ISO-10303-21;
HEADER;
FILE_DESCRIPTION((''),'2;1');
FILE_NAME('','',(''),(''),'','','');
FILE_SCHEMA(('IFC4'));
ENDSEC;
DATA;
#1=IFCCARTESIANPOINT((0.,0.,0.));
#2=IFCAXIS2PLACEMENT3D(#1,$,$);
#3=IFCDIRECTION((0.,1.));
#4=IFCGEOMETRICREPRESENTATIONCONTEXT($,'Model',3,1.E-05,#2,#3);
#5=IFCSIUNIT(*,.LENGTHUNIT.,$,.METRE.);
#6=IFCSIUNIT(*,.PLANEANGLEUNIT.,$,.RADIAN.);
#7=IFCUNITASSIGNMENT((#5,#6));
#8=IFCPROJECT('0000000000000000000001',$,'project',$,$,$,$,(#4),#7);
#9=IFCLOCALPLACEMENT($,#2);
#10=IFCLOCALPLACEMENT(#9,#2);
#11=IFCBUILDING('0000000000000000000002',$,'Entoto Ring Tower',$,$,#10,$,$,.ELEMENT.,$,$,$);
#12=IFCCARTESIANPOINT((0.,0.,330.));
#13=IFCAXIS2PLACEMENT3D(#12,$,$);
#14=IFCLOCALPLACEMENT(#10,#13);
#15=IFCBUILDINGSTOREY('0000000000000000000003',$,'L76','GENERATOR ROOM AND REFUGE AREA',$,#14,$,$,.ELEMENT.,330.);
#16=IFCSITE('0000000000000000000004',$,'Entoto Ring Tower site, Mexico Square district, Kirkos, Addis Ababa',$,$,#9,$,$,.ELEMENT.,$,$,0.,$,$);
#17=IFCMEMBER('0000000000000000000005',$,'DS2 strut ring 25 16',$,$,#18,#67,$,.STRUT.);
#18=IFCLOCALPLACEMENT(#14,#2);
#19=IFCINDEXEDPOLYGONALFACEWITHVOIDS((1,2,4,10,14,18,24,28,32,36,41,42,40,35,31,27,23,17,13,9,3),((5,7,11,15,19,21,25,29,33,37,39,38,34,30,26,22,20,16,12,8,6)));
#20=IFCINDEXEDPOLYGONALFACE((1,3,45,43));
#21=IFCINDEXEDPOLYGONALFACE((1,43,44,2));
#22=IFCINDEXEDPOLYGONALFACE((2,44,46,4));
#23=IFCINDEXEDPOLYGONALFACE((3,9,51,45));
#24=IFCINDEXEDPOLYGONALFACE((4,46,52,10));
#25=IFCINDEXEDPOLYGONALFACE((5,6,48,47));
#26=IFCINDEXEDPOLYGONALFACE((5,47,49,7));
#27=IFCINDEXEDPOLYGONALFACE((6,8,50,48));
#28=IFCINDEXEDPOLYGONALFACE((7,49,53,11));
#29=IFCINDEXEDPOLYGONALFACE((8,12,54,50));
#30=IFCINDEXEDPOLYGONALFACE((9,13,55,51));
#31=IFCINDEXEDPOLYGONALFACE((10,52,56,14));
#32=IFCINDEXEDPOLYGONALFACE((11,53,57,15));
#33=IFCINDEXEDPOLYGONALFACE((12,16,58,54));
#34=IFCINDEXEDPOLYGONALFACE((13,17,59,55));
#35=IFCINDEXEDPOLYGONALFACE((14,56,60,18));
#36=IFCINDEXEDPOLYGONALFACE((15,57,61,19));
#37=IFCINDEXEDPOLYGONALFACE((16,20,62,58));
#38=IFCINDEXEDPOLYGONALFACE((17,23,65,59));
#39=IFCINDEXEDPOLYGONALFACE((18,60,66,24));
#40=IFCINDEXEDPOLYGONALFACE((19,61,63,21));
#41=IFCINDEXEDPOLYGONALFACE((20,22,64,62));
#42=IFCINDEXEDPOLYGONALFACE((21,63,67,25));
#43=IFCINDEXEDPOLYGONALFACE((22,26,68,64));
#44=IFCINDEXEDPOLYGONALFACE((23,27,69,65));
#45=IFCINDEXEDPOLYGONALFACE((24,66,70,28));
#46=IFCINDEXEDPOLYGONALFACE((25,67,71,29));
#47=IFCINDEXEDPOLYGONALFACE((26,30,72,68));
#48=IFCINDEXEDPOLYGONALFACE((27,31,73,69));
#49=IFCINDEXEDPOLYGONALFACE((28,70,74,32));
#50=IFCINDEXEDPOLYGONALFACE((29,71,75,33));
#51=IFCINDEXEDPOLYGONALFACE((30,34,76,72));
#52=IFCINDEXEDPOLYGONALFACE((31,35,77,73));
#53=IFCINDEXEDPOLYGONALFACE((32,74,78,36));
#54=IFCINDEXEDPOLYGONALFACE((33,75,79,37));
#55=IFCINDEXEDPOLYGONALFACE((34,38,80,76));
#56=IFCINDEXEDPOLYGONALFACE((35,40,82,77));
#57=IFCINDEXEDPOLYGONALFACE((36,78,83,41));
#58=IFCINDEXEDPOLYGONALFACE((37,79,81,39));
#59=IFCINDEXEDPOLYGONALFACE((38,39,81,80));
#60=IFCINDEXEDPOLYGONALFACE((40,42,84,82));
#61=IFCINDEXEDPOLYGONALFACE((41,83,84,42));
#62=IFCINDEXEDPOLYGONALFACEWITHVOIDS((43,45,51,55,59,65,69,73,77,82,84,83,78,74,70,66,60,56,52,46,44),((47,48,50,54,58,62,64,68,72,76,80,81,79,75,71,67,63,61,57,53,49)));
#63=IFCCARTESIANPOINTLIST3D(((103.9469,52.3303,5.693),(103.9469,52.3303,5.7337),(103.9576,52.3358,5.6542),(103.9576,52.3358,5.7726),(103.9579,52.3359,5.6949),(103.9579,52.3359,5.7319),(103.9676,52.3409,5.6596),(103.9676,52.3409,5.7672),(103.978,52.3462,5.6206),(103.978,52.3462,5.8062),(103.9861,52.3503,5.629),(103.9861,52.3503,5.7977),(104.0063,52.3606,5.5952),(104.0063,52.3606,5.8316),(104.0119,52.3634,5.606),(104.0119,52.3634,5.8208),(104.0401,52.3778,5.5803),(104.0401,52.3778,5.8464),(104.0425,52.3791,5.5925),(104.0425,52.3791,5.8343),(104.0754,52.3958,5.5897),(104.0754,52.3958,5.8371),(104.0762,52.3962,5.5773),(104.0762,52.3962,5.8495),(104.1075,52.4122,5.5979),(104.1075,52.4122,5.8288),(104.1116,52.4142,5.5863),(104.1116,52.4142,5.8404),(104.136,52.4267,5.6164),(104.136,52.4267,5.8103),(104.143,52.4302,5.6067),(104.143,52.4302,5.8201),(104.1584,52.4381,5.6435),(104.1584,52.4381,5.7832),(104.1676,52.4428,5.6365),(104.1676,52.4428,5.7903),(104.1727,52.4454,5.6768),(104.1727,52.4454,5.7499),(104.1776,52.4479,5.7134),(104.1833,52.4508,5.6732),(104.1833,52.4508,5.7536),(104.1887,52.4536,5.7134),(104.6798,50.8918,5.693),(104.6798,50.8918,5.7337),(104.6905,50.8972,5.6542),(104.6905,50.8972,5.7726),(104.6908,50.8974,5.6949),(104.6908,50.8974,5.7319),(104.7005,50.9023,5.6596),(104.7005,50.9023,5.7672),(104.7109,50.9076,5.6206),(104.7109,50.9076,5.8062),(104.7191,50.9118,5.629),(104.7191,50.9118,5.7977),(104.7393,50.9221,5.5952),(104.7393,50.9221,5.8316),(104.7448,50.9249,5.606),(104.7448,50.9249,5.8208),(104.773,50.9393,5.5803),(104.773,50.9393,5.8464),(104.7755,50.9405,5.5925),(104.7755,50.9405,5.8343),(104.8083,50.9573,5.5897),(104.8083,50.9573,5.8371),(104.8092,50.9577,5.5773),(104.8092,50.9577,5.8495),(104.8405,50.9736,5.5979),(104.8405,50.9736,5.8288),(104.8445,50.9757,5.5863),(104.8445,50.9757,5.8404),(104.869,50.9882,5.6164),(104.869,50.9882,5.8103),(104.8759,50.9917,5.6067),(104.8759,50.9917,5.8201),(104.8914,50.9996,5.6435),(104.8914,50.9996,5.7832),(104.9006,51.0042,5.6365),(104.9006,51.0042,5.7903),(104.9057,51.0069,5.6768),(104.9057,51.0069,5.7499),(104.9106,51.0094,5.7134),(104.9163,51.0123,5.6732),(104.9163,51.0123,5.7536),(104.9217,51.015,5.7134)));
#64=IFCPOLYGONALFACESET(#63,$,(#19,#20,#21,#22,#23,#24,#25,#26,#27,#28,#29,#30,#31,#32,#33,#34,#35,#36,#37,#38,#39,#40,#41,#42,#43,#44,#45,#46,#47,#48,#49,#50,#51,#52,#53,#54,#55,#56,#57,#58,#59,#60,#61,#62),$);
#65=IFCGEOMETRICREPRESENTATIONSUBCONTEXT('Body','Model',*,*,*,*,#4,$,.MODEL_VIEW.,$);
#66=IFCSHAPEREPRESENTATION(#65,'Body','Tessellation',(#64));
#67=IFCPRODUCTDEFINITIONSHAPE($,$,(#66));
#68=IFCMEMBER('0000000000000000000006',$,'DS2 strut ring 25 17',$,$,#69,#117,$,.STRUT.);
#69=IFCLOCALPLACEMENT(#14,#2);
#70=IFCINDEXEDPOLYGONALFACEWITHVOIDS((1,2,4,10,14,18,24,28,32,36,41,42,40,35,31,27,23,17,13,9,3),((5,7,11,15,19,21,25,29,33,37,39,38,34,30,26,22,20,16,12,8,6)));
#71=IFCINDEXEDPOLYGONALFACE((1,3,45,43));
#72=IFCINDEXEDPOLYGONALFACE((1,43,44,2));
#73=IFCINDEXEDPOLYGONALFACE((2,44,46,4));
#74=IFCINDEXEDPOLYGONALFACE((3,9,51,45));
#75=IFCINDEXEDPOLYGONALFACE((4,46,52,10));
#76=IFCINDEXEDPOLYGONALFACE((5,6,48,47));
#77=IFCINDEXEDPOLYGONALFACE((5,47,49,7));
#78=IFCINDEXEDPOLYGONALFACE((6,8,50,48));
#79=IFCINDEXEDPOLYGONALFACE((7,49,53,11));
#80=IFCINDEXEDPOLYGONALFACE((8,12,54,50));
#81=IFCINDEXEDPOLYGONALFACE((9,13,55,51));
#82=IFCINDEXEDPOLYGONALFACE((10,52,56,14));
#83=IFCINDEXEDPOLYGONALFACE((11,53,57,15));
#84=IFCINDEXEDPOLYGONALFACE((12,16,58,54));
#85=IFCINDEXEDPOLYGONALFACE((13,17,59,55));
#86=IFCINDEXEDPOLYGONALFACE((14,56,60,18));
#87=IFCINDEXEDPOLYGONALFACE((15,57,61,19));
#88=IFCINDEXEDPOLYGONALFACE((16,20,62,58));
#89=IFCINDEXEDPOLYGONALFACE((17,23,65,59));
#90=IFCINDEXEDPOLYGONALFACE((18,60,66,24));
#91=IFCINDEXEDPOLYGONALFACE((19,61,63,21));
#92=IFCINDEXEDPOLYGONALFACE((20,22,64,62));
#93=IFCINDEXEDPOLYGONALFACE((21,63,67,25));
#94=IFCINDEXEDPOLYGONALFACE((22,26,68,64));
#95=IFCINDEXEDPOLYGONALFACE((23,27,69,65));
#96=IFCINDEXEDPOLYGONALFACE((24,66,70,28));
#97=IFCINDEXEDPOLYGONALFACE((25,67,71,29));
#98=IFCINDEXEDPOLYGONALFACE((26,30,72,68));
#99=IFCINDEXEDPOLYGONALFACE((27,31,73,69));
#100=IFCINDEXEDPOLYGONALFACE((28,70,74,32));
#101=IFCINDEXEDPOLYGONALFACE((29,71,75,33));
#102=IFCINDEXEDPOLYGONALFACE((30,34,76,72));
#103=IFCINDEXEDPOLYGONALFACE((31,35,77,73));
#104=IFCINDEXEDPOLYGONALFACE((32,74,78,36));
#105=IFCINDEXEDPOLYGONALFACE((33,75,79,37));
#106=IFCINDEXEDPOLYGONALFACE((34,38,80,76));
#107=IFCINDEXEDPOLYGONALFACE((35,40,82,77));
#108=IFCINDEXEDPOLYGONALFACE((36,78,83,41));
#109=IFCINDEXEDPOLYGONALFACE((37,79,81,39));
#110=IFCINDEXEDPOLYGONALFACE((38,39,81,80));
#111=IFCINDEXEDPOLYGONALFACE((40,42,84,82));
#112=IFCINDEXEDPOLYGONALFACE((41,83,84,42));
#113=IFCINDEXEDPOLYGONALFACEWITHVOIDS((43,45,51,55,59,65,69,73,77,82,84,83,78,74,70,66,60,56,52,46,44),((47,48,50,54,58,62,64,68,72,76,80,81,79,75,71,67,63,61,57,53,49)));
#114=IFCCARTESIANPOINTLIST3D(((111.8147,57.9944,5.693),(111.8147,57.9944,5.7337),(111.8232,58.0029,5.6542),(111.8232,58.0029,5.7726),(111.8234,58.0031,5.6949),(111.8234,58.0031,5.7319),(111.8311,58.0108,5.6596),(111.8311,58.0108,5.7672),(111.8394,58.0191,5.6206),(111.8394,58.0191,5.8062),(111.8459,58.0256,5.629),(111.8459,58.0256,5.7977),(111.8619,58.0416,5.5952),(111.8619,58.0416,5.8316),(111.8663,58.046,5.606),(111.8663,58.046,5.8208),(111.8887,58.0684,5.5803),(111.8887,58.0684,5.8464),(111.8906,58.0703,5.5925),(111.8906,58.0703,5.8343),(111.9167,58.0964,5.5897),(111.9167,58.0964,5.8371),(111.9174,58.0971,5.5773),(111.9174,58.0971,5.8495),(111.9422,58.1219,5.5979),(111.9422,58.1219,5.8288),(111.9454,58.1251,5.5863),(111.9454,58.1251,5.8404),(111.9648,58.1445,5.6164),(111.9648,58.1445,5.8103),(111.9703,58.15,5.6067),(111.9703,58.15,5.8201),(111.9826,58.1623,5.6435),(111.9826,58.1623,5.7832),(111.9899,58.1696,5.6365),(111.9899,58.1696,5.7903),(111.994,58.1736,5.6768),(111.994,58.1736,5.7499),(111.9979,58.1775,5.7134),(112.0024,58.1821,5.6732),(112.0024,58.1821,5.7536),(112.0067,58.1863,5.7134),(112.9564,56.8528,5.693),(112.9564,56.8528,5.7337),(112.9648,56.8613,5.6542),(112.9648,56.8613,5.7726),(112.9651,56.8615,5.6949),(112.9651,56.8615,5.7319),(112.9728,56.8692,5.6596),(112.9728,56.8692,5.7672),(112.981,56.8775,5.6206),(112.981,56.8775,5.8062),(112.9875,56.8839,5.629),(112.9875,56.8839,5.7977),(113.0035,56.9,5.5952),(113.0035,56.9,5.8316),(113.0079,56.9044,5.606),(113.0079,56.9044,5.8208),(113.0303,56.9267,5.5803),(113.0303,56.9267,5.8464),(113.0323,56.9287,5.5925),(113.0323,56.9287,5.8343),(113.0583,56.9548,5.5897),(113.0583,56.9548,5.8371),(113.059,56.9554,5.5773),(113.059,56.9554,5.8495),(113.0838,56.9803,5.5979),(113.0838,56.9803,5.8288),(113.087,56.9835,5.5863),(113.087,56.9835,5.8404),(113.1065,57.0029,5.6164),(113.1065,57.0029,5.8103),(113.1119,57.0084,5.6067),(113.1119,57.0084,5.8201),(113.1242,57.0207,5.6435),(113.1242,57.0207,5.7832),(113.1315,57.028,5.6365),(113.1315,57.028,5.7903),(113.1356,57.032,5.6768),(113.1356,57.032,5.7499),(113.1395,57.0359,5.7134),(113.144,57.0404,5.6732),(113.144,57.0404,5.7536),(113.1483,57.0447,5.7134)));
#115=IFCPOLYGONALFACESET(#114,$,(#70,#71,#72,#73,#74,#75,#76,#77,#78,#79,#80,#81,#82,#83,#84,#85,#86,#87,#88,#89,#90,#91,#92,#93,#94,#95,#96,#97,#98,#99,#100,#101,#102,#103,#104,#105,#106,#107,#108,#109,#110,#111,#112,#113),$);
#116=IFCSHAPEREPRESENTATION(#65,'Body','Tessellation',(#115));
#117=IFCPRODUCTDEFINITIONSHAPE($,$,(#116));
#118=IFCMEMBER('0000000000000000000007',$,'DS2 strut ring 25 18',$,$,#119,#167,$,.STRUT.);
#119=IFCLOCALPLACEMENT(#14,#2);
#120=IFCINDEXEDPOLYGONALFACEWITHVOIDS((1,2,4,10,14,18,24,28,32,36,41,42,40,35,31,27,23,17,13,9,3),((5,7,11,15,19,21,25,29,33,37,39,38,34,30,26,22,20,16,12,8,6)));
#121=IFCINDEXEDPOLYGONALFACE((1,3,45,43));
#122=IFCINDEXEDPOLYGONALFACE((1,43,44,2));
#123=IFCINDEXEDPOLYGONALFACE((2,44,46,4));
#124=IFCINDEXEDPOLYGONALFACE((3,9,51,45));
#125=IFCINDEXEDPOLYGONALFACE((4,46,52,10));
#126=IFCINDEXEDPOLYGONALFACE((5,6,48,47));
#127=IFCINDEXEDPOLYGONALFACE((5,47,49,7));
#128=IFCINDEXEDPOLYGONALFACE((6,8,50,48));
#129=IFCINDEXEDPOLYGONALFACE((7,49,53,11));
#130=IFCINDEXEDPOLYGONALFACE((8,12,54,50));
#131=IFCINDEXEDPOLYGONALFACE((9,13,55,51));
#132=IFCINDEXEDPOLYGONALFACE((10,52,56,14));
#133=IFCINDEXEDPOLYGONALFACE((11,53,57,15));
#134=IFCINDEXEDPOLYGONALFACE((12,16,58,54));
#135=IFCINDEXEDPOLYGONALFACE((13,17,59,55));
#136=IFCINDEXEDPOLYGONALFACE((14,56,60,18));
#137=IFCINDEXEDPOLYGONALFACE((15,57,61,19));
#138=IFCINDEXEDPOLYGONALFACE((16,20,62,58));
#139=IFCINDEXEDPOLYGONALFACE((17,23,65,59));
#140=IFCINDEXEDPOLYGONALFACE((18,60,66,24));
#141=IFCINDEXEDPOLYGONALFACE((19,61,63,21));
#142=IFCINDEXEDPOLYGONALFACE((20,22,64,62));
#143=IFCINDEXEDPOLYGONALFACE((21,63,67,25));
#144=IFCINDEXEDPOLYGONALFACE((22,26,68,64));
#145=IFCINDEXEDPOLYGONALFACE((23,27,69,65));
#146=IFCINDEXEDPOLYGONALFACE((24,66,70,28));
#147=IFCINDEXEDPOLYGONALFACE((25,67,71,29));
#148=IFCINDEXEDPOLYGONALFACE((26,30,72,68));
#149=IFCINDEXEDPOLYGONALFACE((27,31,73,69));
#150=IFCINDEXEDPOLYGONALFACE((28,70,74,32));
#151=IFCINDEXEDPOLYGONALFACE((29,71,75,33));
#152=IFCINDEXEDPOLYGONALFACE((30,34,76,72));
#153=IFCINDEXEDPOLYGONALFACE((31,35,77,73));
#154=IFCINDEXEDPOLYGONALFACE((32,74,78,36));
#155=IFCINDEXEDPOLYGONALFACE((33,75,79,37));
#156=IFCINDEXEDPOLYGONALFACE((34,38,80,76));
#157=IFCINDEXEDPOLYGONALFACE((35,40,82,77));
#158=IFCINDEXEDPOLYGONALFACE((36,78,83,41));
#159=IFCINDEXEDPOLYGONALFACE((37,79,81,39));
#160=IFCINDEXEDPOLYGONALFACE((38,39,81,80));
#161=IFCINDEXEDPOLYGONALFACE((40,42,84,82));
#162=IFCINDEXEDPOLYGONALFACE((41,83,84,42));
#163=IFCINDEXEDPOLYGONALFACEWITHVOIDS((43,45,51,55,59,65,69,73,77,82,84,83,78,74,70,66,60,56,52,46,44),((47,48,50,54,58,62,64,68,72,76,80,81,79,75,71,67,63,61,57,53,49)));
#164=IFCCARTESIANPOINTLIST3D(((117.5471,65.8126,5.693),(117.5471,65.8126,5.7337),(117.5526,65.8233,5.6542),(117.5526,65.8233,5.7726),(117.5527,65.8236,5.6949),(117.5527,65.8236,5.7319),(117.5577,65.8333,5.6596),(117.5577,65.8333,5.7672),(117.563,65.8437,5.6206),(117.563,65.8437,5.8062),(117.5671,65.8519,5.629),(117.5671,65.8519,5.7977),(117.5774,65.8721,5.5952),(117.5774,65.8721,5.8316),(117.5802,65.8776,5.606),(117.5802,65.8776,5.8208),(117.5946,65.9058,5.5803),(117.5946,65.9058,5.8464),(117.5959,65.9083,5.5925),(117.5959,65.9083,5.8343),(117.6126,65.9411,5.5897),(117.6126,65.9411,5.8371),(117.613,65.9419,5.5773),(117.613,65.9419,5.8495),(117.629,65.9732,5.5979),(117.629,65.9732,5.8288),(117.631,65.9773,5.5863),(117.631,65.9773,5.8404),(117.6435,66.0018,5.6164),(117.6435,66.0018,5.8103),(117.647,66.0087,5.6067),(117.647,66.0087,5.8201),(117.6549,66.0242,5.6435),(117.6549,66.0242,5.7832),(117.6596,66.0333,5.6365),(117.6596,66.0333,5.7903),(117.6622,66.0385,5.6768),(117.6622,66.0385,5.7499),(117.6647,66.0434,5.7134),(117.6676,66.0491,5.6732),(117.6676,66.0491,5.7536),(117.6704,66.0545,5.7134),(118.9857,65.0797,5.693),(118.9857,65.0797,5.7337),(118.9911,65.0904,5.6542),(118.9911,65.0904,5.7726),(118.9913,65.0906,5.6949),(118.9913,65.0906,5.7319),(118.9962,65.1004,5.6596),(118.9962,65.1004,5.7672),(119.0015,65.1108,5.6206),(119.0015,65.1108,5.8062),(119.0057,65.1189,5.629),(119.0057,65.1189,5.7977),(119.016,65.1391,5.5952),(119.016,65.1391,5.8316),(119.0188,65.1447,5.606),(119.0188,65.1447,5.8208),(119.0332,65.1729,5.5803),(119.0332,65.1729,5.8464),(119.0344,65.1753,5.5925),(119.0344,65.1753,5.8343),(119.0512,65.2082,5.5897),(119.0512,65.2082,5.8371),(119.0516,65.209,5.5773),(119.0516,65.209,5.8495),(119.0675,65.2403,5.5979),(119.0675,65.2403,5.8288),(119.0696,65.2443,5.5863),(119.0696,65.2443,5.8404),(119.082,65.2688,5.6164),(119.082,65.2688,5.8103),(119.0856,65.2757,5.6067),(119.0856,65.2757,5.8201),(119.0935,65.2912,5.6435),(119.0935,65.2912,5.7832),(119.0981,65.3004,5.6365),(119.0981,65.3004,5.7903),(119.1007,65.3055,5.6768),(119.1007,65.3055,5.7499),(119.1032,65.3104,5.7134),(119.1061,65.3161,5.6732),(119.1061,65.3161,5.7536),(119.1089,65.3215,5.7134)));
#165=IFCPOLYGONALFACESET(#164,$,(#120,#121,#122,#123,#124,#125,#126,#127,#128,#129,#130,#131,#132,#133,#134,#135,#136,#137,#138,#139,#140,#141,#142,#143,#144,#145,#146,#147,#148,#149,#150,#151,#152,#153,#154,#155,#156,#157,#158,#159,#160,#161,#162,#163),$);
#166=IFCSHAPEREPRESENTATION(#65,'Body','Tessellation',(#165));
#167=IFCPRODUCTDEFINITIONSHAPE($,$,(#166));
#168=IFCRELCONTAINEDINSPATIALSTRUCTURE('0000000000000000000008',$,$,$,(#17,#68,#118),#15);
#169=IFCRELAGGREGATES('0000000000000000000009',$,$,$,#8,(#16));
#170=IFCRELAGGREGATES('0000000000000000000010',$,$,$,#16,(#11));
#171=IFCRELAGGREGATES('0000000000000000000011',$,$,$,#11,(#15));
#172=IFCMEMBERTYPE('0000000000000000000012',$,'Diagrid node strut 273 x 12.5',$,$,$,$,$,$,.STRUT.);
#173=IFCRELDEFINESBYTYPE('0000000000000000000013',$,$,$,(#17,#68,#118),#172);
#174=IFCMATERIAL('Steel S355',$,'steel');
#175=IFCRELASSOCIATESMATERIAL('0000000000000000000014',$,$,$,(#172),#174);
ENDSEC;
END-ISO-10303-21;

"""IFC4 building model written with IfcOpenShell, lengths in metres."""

from ifc_helpers import new_model, si_unit, direction, frame, origin, origin_2d, place, context, subcontext, project, spatial, circle, hollow_circle, extrude, material, material_profile, profile_set, type_object, element, save


model = new_model("IFC4")

# Units and contexts
model_context = context("Model", 3, precision=1e-05, world=origin(), true_north=direction((0.0, 1.0)))
body_context = subcontext(model_context, "Body", "Model", "MODEL_VIEW")
ifc_project = project(units=[si_unit("LENGTHUNIT", "METRE"), si_unit("PLANEANGLEUNIT", "RADIAN")], contexts=[model_context])

# Site, building, storey
site_placement = place(None, origin())
site = spatial("IfcSite", under=ifc_project, at=site_placement, Name="Entoto Ring Tower site, Mexico Square district, Kirkos, Addis Ababa", CompositionType="ELEMENT", RefElevation=0.0)
building_placement = place(site_placement, origin())
building = spatial("IfcBuilding", under=site, at=building_placement, Name="Entoto Ring Tower", CompositionType="ELEMENT")
storey_placement = place(building_placement, frame((0.0, 0.0, 330.0)))
storey = spatial("IfcBuildingStorey", under=building, at=storey_placement, Name="L76", Description="GENERATOR ROOM AND REFUGE AREA", CompositionType="ELEMENT", Elevation=330.0)

# Members
ifc_material_1 = material(Name="Steel S355", Category="steel")
ifc_material_profile_1 = material_profile(ifc_material_1, hollow_circle(Radius=0.1365, WallThickness=0.0125, at=origin_2d()), Name="CHS 273 x 12.5")
ifc_material_2 = material(Name="Concrete C60/75", Category="concrete")
ifc_material_profile_2 = material_profile(ifc_material_2, circle(Radius=0.124, at=origin_2d()), Name="Concrete C60/75 infill")
ifc_profile_set_1 = profile_set([ifc_material_profile_1, ifc_material_profile_2], Name="Steel S355")
member_type_1 = type_object("IfcMemberType", Name="Diagrid node strut 273 x 12.5", PredefinedType="STRUT", material=ifc_profile_set_1)
for number, where, z_axis, x_axis, name in (
    (1, (104.0671, 52.3916, 5.7134), (0.453976, -0.891014, 0.0), (0.891014, 0.453976, 0.0), "DS2 strut ring 25 16"),
    (2, (111.9102, 58.0898, 5.7134), (0.707107, -0.707107, 0.0), (0.707107, 0.707107, 0.0), "DS2 strut ring 25 17"),
    (3, (117.6084, 65.9329, 5.7134), (0.891014, -0.453976, 0.0), (0.453976, 0.891014, 0.0), "DS2 strut ring 25 18"),
):
    element("IfcMember", number, at=place(storey_placement, frame(where, z_axis=z_axis, x_axis=x_axis)), inside=storey, type_object=member_type_1, Name=name, PredefinedType="STRUT", context=body_context, shape_type="SweptSolid", body=[
        extrude(hollow_circle(Radius=0.1365, WallThickness=0.0125, at=origin_2d()), origin(), (0.0, 0.0, 1.0), 1.6145),
    ])

save(model, "model.ifc")
